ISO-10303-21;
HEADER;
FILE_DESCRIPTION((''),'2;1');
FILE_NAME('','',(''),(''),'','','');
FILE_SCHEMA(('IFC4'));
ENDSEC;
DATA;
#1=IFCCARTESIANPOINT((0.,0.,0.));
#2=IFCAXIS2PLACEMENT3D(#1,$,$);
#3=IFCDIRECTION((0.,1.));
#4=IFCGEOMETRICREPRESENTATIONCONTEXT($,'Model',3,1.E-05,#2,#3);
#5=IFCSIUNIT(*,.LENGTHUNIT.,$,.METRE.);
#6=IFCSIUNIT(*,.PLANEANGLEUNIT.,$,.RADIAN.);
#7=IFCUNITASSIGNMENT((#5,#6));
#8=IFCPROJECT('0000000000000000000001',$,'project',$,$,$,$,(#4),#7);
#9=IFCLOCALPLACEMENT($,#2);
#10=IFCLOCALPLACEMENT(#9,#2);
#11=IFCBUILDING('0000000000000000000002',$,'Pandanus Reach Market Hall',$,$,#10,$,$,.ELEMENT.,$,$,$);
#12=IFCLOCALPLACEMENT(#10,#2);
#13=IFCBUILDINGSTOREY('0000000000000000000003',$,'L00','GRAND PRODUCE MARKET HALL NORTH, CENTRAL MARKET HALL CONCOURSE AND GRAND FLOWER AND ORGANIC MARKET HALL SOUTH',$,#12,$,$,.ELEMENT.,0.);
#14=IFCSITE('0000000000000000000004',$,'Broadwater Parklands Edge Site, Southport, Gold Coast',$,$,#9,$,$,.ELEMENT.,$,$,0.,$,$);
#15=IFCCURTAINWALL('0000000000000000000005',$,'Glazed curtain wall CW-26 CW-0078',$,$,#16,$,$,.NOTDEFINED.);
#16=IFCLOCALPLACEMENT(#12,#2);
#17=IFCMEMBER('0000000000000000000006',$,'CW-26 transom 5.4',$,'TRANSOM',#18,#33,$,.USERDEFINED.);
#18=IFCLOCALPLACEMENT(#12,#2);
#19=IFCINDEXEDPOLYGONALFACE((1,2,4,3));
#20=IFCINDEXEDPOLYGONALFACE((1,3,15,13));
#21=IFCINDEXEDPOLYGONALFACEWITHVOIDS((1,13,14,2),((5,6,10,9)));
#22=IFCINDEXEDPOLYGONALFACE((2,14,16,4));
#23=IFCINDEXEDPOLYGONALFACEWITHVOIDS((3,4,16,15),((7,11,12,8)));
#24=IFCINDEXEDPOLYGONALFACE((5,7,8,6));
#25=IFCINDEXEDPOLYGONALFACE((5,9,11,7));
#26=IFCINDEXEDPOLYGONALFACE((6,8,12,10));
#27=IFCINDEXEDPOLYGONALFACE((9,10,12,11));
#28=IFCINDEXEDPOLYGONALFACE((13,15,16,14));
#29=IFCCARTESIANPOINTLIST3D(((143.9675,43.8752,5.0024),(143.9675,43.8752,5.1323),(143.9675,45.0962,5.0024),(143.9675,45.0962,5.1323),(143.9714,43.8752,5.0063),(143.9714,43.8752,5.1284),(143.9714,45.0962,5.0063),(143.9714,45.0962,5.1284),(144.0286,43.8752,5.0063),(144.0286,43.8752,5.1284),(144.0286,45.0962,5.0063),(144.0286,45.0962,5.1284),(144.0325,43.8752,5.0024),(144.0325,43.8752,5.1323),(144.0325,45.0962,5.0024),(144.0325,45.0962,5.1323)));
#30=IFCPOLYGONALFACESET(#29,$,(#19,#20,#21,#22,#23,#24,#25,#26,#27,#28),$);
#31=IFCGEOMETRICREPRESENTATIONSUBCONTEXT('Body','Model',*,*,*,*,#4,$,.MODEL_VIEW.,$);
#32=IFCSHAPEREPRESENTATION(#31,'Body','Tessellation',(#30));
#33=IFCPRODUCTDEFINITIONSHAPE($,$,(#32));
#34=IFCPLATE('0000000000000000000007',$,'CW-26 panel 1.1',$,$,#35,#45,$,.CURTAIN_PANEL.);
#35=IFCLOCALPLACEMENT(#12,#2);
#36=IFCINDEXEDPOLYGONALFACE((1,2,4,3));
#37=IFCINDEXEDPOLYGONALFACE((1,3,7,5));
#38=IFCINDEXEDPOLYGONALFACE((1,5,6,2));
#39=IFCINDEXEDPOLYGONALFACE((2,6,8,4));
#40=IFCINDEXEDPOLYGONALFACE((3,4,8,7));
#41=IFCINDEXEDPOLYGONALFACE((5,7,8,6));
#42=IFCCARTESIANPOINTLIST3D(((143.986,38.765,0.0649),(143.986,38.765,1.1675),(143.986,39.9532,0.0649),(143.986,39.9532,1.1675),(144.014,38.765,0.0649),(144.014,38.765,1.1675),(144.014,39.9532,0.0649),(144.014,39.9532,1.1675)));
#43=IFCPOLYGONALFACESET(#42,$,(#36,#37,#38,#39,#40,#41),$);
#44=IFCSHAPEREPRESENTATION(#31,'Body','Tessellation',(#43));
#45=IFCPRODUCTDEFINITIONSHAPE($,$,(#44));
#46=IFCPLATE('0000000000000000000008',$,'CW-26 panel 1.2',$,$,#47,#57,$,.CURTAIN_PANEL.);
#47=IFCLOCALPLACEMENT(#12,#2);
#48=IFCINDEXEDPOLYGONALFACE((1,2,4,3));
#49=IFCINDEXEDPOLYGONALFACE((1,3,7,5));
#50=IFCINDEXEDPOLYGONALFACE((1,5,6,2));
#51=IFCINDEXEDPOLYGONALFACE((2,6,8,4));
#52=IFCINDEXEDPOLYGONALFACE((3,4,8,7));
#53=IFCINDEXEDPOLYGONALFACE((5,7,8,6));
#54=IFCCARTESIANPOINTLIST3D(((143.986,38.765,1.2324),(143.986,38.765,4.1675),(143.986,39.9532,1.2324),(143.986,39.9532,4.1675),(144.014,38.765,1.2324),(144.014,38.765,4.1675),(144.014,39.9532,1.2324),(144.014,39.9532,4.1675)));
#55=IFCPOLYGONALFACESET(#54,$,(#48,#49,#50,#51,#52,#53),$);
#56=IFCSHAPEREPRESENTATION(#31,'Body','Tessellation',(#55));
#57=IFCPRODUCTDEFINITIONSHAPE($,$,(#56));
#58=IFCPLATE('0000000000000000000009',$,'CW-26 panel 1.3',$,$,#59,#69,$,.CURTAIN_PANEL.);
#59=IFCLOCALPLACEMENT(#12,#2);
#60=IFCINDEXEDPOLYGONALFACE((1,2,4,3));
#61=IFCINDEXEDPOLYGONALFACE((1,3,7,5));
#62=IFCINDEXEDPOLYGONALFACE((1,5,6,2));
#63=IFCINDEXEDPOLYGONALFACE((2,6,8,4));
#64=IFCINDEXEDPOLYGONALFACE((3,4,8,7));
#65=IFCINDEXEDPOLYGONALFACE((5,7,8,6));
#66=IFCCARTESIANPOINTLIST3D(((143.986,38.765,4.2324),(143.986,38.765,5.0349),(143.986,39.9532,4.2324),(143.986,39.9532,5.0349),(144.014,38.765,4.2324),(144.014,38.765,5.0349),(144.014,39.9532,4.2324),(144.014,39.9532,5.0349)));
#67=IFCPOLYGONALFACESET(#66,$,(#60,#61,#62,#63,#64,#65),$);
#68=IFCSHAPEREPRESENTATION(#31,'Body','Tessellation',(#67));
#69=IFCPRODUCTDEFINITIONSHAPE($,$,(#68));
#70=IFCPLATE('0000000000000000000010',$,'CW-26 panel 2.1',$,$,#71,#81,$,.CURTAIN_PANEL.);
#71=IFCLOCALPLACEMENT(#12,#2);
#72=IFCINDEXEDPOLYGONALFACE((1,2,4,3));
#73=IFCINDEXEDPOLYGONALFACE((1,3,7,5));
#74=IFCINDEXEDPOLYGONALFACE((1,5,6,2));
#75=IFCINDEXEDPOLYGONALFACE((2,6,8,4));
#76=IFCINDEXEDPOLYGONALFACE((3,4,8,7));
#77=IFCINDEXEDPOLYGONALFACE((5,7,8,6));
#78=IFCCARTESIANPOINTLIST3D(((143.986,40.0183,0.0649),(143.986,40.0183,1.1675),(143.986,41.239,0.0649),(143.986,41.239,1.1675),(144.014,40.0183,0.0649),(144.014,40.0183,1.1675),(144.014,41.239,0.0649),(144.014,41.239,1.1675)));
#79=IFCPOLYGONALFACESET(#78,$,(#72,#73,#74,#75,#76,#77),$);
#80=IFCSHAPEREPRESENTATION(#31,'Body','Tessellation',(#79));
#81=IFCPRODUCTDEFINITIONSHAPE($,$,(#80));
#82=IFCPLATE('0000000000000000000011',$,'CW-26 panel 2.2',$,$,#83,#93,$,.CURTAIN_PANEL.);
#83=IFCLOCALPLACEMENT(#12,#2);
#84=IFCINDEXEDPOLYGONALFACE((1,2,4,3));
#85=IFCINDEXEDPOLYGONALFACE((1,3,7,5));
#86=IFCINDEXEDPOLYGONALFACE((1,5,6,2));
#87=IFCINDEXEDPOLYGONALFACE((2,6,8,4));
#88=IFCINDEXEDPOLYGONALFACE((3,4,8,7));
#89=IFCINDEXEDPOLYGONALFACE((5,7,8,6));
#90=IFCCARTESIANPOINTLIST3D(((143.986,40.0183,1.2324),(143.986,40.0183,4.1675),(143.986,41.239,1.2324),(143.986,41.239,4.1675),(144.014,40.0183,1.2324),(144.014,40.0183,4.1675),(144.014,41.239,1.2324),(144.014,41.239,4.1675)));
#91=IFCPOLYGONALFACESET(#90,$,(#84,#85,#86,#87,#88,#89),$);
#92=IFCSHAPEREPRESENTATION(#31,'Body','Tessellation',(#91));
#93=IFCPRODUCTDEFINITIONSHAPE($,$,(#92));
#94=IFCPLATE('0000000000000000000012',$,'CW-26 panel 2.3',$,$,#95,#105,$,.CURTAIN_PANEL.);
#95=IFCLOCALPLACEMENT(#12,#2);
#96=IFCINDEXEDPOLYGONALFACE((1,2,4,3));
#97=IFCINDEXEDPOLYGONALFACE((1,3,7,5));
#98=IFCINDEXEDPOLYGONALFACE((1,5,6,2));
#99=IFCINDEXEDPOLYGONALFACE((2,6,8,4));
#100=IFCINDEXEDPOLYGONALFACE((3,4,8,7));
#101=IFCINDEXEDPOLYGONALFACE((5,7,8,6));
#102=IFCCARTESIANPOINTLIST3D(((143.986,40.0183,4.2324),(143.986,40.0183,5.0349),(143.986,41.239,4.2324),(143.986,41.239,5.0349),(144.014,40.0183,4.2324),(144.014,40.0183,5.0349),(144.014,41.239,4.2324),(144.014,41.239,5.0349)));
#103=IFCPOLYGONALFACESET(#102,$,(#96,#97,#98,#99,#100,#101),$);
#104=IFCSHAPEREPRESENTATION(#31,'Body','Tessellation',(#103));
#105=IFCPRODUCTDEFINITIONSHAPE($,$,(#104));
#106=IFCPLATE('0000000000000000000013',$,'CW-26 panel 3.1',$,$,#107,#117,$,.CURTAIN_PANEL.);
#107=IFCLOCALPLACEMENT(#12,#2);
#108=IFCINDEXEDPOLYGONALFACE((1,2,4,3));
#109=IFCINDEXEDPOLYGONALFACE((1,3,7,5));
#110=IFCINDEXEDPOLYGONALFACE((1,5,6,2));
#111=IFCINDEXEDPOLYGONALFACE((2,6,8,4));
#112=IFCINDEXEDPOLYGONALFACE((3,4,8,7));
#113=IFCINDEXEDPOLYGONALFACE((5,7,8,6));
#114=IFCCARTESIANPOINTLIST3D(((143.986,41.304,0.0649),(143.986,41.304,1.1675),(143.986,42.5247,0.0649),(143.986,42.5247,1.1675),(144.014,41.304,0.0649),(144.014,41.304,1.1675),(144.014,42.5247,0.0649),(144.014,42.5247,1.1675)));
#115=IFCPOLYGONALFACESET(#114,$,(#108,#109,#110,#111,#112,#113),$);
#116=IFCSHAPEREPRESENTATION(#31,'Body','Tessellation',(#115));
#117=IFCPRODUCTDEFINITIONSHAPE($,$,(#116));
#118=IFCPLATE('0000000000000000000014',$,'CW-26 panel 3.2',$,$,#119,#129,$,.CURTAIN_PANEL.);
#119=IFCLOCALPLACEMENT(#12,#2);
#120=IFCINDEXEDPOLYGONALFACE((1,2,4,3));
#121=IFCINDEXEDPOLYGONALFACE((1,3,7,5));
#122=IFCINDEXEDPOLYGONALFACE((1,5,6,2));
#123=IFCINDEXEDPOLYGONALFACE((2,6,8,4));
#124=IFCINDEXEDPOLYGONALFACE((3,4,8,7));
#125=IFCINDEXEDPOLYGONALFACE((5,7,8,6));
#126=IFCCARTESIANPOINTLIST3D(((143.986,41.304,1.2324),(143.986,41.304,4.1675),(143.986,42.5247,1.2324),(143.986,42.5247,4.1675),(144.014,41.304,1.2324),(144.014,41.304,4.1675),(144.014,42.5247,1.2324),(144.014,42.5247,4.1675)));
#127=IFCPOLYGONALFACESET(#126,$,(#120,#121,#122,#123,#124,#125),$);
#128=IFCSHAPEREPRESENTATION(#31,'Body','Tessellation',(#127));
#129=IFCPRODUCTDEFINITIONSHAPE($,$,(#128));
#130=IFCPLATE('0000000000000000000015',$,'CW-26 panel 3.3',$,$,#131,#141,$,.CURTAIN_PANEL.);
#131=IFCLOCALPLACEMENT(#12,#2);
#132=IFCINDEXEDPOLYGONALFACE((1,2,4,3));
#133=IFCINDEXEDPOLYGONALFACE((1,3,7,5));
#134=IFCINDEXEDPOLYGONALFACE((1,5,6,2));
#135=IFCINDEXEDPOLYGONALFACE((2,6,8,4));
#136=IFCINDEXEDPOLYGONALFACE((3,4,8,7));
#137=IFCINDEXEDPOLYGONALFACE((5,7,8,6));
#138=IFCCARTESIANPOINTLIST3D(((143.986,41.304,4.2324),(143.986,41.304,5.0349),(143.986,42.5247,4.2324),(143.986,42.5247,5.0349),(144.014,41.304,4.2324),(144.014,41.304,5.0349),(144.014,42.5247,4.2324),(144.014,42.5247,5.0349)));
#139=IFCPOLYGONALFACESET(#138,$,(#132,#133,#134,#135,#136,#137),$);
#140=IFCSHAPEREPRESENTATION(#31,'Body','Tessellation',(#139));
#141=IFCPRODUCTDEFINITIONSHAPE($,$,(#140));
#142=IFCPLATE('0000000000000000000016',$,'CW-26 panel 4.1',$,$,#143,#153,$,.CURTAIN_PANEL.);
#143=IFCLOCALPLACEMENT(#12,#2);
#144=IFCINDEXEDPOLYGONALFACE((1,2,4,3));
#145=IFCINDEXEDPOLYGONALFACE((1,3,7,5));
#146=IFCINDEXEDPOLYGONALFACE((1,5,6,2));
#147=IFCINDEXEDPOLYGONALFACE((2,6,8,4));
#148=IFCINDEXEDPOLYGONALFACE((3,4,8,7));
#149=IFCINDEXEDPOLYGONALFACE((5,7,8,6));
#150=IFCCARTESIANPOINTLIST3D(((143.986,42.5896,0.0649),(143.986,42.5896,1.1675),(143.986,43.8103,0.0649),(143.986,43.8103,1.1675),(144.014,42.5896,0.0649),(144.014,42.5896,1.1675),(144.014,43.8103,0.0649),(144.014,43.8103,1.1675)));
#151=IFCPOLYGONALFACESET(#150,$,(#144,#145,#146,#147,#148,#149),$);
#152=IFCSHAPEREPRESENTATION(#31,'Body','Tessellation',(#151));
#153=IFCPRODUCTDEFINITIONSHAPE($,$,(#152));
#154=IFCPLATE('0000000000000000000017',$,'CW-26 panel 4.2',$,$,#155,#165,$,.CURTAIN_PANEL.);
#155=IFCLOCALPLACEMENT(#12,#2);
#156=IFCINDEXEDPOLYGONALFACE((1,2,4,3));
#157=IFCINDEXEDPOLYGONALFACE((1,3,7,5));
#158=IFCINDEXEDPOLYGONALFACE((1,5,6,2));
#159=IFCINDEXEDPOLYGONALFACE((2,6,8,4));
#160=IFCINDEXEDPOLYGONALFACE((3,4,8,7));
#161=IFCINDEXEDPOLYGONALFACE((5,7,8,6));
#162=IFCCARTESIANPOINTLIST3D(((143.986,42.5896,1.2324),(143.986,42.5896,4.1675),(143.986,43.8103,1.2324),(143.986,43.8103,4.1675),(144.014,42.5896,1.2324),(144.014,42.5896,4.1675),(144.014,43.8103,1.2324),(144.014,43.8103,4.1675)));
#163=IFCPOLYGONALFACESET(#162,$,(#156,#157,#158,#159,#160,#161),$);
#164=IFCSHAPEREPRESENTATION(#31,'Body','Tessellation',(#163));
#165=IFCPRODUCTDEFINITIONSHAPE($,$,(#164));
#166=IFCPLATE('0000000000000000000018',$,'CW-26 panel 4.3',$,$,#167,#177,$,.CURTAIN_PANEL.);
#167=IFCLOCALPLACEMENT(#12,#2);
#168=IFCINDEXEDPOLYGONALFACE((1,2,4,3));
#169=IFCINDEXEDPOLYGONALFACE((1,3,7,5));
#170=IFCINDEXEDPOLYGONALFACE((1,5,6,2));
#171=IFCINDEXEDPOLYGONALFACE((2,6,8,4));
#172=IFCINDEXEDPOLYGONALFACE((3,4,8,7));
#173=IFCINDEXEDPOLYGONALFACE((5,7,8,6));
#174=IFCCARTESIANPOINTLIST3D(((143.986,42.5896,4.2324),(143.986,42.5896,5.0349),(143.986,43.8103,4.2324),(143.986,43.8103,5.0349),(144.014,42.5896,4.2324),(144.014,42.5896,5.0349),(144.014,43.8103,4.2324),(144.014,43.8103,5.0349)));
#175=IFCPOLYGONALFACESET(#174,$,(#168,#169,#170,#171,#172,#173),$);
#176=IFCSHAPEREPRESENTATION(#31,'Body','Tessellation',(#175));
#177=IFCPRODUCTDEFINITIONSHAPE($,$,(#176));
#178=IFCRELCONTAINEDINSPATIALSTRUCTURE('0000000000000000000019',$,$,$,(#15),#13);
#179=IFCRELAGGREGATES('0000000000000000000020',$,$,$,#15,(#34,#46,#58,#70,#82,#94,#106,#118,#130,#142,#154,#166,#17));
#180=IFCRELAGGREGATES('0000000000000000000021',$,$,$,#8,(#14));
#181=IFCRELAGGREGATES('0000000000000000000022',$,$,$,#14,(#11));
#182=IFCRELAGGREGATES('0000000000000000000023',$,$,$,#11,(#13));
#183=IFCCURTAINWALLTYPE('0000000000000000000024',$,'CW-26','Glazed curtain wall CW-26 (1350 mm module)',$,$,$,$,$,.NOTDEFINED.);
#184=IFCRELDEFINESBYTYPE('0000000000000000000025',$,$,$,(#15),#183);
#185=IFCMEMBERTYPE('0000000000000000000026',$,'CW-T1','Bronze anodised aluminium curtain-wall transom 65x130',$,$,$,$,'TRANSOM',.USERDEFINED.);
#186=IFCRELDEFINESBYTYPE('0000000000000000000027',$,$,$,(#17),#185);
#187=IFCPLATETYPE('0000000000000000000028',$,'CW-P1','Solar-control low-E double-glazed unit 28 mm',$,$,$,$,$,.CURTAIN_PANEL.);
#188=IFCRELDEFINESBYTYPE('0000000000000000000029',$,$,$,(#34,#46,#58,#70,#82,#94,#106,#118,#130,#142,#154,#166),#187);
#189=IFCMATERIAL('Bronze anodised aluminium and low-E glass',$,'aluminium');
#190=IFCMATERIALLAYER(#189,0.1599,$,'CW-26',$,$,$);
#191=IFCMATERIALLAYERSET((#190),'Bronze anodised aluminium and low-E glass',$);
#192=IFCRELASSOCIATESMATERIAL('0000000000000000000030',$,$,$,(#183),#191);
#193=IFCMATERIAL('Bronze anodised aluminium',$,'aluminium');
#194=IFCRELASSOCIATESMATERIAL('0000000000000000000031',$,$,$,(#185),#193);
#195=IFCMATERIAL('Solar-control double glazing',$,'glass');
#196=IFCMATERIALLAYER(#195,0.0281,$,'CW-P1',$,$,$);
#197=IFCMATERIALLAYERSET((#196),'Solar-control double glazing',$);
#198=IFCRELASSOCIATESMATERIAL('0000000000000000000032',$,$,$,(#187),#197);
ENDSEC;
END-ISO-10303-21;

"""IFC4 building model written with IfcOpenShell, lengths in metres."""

from ifc_helpers import new_model, si_unit, direction, frame, origin, origin_2d, place, context, subcontext, project, spatial, rectangle, hollow_rectangle, extrude, material, layer, layer_set, material_profile, profile_set, type_object, element, aggregate, save


model = new_model("IFC4")

# Units and contexts
model_context = context("Model", 3, precision=1e-05, world=origin(), true_north=direction((0.0, 1.0)))
body_context = subcontext(model_context, "Body", "Model", "MODEL_VIEW")
ifc_project = project(units=[si_unit("LENGTHUNIT", "METRE"), si_unit("PLANEANGLEUNIT", "RADIAN")], contexts=[model_context])

# Site, building, storey
site_placement = place(None, origin())
site = spatial("IfcSite", under=ifc_project, at=site_placement, Name="Broadwater Parklands Edge Site, Southport, Gold Coast", CompositionType="ELEMENT", RefElevation=0.0)
building_placement = place(site_placement, origin())
building = spatial("IfcBuilding", under=site, at=building_placement, Name="Pandanus Reach Market Hall", CompositionType="ELEMENT")
storey_placement = place(building_placement, origin())
storey = spatial("IfcBuildingStorey", under=building, at=storey_placement, Name="L00", Description="GRAND PRODUCE MARKET HALL NORTH, CENTRAL MARKET HALL CONCOURSE AND GRAND FLOWER AND ORGANIC MARKET HALL SOUTH", CompositionType="ELEMENT", Elevation=0.0)

# Curtain wall, member, plates
ifc_material_1 = material(Name="Bronze anodised aluminium and low-E glass", Category="aluminium")
ifc_layer_1 = layer(ifc_material_1, 0.1599, Name="CW-26")
ifc_layer_set_1 = layer_set([ifc_layer_1], Name="Bronze anodised aluminium and low-E glass")
curtain_wall_type = type_object("IfcCurtainWallType", Name="CW-26", Description="Glazed curtain wall CW-26 (1350 mm module)", PredefinedType="NOTDEFINED", material=ifc_layer_set_1)
curtain_wall_placement = place(storey_placement, origin())
curtain_wall = element("IfcCurtainWall", 1, at=curtain_wall_placement, inside=storey, type_object=curtain_wall_type, Name="Glazed curtain wall CW-26 CW-0078", PredefinedType="NOTDEFINED")
ifc_material_2 = material(Name="Bronze anodised aluminium", Category="aluminium")
ifc_material_profile_1 = material_profile(ifc_material_2, hollow_rectangle(XDim=0.0649, YDim=0.1299, WallThickness=0.0039, at=origin_2d()), Name="ALU65x130", Category="LoadBearing")
ifc_profile_set_1 = profile_set([ifc_material_profile_1], Name="Bronze anodised aluminium")
member_type_1 = type_object("IfcMemberType", Name="CW-T1", Description="Bronze anodised aluminium curtain-wall transom 65x130", ElementType="TRANSOM", PredefinedType="USERDEFINED", material=ifc_profile_set_1)
member_1_placement = place(storey_placement, frame((144.0, 43.8752, 5.0674), z_axis=(0.0, 1.0, 0.0), x_axis=(-1.0, 0.0, 0.0)))
member_1 = element("IfcMember", 2, at=member_1_placement, type_object=member_type_1, Name="CW-26 transom 5.4", ObjectType="TRANSOM", PredefinedType="USERDEFINED", context=body_context, shape_type="SweptSolid", body=[
    extrude(hollow_rectangle(XDim=0.0649, YDim=0.1299, WallThickness=0.0039, at=origin_2d()), origin(), (0.0, 0.0, 1.0), 1.2209),
])
ifc_material_3 = material(Name="Solar-control double glazing", Category="glass")
ifc_layer_2 = layer(ifc_material_3, 0.0281, Name="CW-P1")
ifc_layer_set_2 = layer_set([ifc_layer_2], Name="Solar-control double glazing")
plate_type = type_object("IfcPlateType", Name="CW-P1", Description="Solar-control low-E double-glazed unit 28 mm", PredefinedType="CURTAIN_PANEL", material=ifc_layer_set_2)
plate_1_placement = place(storey_placement, frame((144.0, 39.3591, 0.0649), z_axis=(0.0, 0.0, 1.0), x_axis=(0.0, 1.0, 0.0)))
plate_1 = element("IfcPlate", 3, at=plate_1_placement, type_object=plate_type, Name="CW-26 panel 1.1", PredefinedType="CURTAIN_PANEL", context=body_context, shape_type="SweptSolid", body=[
    extrude(rectangle(XDim=1.1882, YDim=0.0281, at=origin_2d()), origin(), (0.0, 0.0, 1.0), 1.1025),
])
plate_2_placement = place(storey_placement, frame((144.0, 39.3591, 1.2324), z_axis=(0.0, 0.0, 1.0), x_axis=(0.0, 1.0, 0.0)))
plate_2 = element("IfcPlate", 4, at=plate_2_placement, type_object=plate_type, Name="CW-26 panel 1.2", PredefinedType="CURTAIN_PANEL", context=body_context, shape_type="SweptSolid", body=[
    extrude(rectangle(XDim=1.1882, YDim=0.0281, at=origin_2d()), origin(), (0.0, 0.0, 1.0), 2.9351),
])
plate_3_placement = place(storey_placement, frame((144.0, 39.3591, 4.2324), z_axis=(0.0, 0.0, 1.0), x_axis=(0.0, 1.0, 0.0)))
plate_3 = element("IfcPlate", 5, at=plate_3_placement, type_object=plate_type, Name="CW-26 panel 1.3", PredefinedType="CURTAIN_PANEL", context=body_context, shape_type="SweptSolid", body=[
    extrude(rectangle(XDim=1.1882, YDim=0.0281, at=origin_2d()), origin(), (0.0, 0.0, 1.0), 0.8025),
])
plate_4_placement = place(storey_placement, frame((144.0, 40.6287, 0.0649), z_axis=(0.0, 0.0, 1.0), x_axis=(0.0, 1.0, 0.0)))
plate_4 = element("IfcPlate", 6, at=plate_4_placement, type_object=plate_type, Name="CW-26 panel 2.1", PredefinedType="CURTAIN_PANEL", context=body_context, shape_type="SweptSolid", body=[
    extrude(rectangle(XDim=1.2207, YDim=0.0281, at=origin_2d()), origin(), (0.0, 0.0, 1.0), 1.1025),
])
plate_5_placement = place(storey_placement, frame((144.0, 40.6287, 1.2324), z_axis=(0.0, 0.0, 1.0), x_axis=(0.0, 1.0, 0.0)))
plate_5 = element("IfcPlate", 7, at=plate_5_placement, type_object=plate_type, Name="CW-26 panel 2.2", PredefinedType="CURTAIN_PANEL", context=body_context, shape_type="SweptSolid", body=[
    extrude(rectangle(XDim=1.2207, YDim=0.0281, at=origin_2d()), origin(), (0.0, 0.0, 1.0), 2.9351),
])
plate_6_placement = place(storey_placement, frame((144.0, 40.6287, 4.2324), z_axis=(0.0, 0.0, 1.0), x_axis=(0.0, 1.0, 0.0)))
plate_6 = element("IfcPlate", 8, at=plate_6_placement, type_object=plate_type, Name="CW-26 panel 2.3", PredefinedType="CURTAIN_PANEL", context=body_context, shape_type="SweptSolid", body=[
    extrude(rectangle(XDim=1.2207, YDim=0.0281, at=origin_2d()), origin(), (0.0, 0.0, 1.0), 0.8025),
])
plate_7_placement = place(storey_placement, frame((144.0, 41.9143, 0.0649), z_axis=(0.0, 0.0, 1.0), x_axis=(0.0, 1.0, 0.0)))
plate_7 = element("IfcPlate", 9, at=plate_7_placement, type_object=plate_type, Name="CW-26 panel 3.1", PredefinedType="CURTAIN_PANEL", context=body_context, shape_type="SweptSolid", body=[
    extrude(rectangle(XDim=1.2207, YDim=0.0281, at=origin_2d()), origin(), (0.0, 0.0, 1.0), 1.1025),
])
plate_8_placement = place(storey_placement, frame((144.0, 41.9143, 1.2324), z_axis=(0.0, 0.0, 1.0), x_axis=(0.0, 1.0, 0.0)))
plate_8 = element("IfcPlate", 10, at=plate_8_placement, type_object=plate_type, Name="CW-26 panel 3.2", PredefinedType="CURTAIN_PANEL", context=body_context, shape_type="SweptSolid", body=[
    extrude(rectangle(XDim=1.2207, YDim=0.0281, at=origin_2d()), origin(), (0.0, 0.0, 1.0), 2.9351),
])
plate_9_placement = place(storey_placement, frame((144.0, 41.9143, 4.2324), z_axis=(0.0, 0.0, 1.0), x_axis=(0.0, 1.0, 0.0)))
plate_9 = element("IfcPlate", 11, at=plate_9_placement, type_object=plate_type, Name="CW-26 panel 3.3", PredefinedType="CURTAIN_PANEL", context=body_context, shape_type="SweptSolid", body=[
    extrude(rectangle(XDim=1.2207, YDim=0.0281, at=origin_2d()), origin(), (0.0, 0.0, 1.0), 0.8025),
])
plate_10_placement = place(storey_placement, frame((144.0, 43.2, 0.0649), z_axis=(0.0, 0.0, 1.0), x_axis=(0.0, 1.0, 0.0)))
plate_10 = element("IfcPlate", 12, at=plate_10_placement, type_object=plate_type, Name="CW-26 panel 4.1", PredefinedType="CURTAIN_PANEL", context=body_context, shape_type="SweptSolid", body=[
    extrude(rectangle(XDim=1.2207, YDim=0.0281, at=origin_2d()), origin(), (0.0, 0.0, 1.0), 1.1025),
])
plate_11_placement = place(storey_placement, frame((144.0, 43.2, 1.2324), z_axis=(0.0, 0.0, 1.0), x_axis=(0.0, 1.0, 0.0)))
plate_11 = element("IfcPlate", 13, at=plate_11_placement, type_object=plate_type, Name="CW-26 panel 4.2", PredefinedType="CURTAIN_PANEL", context=body_context, shape_type="SweptSolid", body=[
    extrude(rectangle(XDim=1.2207, YDim=0.0281, at=origin_2d()), origin(), (0.0, 0.0, 1.0), 2.9351),
])
plate_12_placement = place(storey_placement, frame((144.0, 43.2, 4.2324), z_axis=(0.0, 0.0, 1.0), x_axis=(0.0, 1.0, 0.0)))
plate_12 = element("IfcPlate", 14, at=plate_12_placement, type_object=plate_type, Name="CW-26 panel 4.3", PredefinedType="CURTAIN_PANEL", context=body_context, shape_type="SweptSolid", body=[
    extrude(rectangle(XDim=1.2207, YDim=0.0281, at=origin_2d()), origin(), (0.0, 0.0, 1.0), 0.8025),
])
aggregate(curtain_wall, [plate_1, plate_2, plate_3, plate_4, plate_5, plate_6, plate_7, plate_8, plate_9, plate_10, plate_11, plate_12, member_1])

save(model, "model.ifc")
